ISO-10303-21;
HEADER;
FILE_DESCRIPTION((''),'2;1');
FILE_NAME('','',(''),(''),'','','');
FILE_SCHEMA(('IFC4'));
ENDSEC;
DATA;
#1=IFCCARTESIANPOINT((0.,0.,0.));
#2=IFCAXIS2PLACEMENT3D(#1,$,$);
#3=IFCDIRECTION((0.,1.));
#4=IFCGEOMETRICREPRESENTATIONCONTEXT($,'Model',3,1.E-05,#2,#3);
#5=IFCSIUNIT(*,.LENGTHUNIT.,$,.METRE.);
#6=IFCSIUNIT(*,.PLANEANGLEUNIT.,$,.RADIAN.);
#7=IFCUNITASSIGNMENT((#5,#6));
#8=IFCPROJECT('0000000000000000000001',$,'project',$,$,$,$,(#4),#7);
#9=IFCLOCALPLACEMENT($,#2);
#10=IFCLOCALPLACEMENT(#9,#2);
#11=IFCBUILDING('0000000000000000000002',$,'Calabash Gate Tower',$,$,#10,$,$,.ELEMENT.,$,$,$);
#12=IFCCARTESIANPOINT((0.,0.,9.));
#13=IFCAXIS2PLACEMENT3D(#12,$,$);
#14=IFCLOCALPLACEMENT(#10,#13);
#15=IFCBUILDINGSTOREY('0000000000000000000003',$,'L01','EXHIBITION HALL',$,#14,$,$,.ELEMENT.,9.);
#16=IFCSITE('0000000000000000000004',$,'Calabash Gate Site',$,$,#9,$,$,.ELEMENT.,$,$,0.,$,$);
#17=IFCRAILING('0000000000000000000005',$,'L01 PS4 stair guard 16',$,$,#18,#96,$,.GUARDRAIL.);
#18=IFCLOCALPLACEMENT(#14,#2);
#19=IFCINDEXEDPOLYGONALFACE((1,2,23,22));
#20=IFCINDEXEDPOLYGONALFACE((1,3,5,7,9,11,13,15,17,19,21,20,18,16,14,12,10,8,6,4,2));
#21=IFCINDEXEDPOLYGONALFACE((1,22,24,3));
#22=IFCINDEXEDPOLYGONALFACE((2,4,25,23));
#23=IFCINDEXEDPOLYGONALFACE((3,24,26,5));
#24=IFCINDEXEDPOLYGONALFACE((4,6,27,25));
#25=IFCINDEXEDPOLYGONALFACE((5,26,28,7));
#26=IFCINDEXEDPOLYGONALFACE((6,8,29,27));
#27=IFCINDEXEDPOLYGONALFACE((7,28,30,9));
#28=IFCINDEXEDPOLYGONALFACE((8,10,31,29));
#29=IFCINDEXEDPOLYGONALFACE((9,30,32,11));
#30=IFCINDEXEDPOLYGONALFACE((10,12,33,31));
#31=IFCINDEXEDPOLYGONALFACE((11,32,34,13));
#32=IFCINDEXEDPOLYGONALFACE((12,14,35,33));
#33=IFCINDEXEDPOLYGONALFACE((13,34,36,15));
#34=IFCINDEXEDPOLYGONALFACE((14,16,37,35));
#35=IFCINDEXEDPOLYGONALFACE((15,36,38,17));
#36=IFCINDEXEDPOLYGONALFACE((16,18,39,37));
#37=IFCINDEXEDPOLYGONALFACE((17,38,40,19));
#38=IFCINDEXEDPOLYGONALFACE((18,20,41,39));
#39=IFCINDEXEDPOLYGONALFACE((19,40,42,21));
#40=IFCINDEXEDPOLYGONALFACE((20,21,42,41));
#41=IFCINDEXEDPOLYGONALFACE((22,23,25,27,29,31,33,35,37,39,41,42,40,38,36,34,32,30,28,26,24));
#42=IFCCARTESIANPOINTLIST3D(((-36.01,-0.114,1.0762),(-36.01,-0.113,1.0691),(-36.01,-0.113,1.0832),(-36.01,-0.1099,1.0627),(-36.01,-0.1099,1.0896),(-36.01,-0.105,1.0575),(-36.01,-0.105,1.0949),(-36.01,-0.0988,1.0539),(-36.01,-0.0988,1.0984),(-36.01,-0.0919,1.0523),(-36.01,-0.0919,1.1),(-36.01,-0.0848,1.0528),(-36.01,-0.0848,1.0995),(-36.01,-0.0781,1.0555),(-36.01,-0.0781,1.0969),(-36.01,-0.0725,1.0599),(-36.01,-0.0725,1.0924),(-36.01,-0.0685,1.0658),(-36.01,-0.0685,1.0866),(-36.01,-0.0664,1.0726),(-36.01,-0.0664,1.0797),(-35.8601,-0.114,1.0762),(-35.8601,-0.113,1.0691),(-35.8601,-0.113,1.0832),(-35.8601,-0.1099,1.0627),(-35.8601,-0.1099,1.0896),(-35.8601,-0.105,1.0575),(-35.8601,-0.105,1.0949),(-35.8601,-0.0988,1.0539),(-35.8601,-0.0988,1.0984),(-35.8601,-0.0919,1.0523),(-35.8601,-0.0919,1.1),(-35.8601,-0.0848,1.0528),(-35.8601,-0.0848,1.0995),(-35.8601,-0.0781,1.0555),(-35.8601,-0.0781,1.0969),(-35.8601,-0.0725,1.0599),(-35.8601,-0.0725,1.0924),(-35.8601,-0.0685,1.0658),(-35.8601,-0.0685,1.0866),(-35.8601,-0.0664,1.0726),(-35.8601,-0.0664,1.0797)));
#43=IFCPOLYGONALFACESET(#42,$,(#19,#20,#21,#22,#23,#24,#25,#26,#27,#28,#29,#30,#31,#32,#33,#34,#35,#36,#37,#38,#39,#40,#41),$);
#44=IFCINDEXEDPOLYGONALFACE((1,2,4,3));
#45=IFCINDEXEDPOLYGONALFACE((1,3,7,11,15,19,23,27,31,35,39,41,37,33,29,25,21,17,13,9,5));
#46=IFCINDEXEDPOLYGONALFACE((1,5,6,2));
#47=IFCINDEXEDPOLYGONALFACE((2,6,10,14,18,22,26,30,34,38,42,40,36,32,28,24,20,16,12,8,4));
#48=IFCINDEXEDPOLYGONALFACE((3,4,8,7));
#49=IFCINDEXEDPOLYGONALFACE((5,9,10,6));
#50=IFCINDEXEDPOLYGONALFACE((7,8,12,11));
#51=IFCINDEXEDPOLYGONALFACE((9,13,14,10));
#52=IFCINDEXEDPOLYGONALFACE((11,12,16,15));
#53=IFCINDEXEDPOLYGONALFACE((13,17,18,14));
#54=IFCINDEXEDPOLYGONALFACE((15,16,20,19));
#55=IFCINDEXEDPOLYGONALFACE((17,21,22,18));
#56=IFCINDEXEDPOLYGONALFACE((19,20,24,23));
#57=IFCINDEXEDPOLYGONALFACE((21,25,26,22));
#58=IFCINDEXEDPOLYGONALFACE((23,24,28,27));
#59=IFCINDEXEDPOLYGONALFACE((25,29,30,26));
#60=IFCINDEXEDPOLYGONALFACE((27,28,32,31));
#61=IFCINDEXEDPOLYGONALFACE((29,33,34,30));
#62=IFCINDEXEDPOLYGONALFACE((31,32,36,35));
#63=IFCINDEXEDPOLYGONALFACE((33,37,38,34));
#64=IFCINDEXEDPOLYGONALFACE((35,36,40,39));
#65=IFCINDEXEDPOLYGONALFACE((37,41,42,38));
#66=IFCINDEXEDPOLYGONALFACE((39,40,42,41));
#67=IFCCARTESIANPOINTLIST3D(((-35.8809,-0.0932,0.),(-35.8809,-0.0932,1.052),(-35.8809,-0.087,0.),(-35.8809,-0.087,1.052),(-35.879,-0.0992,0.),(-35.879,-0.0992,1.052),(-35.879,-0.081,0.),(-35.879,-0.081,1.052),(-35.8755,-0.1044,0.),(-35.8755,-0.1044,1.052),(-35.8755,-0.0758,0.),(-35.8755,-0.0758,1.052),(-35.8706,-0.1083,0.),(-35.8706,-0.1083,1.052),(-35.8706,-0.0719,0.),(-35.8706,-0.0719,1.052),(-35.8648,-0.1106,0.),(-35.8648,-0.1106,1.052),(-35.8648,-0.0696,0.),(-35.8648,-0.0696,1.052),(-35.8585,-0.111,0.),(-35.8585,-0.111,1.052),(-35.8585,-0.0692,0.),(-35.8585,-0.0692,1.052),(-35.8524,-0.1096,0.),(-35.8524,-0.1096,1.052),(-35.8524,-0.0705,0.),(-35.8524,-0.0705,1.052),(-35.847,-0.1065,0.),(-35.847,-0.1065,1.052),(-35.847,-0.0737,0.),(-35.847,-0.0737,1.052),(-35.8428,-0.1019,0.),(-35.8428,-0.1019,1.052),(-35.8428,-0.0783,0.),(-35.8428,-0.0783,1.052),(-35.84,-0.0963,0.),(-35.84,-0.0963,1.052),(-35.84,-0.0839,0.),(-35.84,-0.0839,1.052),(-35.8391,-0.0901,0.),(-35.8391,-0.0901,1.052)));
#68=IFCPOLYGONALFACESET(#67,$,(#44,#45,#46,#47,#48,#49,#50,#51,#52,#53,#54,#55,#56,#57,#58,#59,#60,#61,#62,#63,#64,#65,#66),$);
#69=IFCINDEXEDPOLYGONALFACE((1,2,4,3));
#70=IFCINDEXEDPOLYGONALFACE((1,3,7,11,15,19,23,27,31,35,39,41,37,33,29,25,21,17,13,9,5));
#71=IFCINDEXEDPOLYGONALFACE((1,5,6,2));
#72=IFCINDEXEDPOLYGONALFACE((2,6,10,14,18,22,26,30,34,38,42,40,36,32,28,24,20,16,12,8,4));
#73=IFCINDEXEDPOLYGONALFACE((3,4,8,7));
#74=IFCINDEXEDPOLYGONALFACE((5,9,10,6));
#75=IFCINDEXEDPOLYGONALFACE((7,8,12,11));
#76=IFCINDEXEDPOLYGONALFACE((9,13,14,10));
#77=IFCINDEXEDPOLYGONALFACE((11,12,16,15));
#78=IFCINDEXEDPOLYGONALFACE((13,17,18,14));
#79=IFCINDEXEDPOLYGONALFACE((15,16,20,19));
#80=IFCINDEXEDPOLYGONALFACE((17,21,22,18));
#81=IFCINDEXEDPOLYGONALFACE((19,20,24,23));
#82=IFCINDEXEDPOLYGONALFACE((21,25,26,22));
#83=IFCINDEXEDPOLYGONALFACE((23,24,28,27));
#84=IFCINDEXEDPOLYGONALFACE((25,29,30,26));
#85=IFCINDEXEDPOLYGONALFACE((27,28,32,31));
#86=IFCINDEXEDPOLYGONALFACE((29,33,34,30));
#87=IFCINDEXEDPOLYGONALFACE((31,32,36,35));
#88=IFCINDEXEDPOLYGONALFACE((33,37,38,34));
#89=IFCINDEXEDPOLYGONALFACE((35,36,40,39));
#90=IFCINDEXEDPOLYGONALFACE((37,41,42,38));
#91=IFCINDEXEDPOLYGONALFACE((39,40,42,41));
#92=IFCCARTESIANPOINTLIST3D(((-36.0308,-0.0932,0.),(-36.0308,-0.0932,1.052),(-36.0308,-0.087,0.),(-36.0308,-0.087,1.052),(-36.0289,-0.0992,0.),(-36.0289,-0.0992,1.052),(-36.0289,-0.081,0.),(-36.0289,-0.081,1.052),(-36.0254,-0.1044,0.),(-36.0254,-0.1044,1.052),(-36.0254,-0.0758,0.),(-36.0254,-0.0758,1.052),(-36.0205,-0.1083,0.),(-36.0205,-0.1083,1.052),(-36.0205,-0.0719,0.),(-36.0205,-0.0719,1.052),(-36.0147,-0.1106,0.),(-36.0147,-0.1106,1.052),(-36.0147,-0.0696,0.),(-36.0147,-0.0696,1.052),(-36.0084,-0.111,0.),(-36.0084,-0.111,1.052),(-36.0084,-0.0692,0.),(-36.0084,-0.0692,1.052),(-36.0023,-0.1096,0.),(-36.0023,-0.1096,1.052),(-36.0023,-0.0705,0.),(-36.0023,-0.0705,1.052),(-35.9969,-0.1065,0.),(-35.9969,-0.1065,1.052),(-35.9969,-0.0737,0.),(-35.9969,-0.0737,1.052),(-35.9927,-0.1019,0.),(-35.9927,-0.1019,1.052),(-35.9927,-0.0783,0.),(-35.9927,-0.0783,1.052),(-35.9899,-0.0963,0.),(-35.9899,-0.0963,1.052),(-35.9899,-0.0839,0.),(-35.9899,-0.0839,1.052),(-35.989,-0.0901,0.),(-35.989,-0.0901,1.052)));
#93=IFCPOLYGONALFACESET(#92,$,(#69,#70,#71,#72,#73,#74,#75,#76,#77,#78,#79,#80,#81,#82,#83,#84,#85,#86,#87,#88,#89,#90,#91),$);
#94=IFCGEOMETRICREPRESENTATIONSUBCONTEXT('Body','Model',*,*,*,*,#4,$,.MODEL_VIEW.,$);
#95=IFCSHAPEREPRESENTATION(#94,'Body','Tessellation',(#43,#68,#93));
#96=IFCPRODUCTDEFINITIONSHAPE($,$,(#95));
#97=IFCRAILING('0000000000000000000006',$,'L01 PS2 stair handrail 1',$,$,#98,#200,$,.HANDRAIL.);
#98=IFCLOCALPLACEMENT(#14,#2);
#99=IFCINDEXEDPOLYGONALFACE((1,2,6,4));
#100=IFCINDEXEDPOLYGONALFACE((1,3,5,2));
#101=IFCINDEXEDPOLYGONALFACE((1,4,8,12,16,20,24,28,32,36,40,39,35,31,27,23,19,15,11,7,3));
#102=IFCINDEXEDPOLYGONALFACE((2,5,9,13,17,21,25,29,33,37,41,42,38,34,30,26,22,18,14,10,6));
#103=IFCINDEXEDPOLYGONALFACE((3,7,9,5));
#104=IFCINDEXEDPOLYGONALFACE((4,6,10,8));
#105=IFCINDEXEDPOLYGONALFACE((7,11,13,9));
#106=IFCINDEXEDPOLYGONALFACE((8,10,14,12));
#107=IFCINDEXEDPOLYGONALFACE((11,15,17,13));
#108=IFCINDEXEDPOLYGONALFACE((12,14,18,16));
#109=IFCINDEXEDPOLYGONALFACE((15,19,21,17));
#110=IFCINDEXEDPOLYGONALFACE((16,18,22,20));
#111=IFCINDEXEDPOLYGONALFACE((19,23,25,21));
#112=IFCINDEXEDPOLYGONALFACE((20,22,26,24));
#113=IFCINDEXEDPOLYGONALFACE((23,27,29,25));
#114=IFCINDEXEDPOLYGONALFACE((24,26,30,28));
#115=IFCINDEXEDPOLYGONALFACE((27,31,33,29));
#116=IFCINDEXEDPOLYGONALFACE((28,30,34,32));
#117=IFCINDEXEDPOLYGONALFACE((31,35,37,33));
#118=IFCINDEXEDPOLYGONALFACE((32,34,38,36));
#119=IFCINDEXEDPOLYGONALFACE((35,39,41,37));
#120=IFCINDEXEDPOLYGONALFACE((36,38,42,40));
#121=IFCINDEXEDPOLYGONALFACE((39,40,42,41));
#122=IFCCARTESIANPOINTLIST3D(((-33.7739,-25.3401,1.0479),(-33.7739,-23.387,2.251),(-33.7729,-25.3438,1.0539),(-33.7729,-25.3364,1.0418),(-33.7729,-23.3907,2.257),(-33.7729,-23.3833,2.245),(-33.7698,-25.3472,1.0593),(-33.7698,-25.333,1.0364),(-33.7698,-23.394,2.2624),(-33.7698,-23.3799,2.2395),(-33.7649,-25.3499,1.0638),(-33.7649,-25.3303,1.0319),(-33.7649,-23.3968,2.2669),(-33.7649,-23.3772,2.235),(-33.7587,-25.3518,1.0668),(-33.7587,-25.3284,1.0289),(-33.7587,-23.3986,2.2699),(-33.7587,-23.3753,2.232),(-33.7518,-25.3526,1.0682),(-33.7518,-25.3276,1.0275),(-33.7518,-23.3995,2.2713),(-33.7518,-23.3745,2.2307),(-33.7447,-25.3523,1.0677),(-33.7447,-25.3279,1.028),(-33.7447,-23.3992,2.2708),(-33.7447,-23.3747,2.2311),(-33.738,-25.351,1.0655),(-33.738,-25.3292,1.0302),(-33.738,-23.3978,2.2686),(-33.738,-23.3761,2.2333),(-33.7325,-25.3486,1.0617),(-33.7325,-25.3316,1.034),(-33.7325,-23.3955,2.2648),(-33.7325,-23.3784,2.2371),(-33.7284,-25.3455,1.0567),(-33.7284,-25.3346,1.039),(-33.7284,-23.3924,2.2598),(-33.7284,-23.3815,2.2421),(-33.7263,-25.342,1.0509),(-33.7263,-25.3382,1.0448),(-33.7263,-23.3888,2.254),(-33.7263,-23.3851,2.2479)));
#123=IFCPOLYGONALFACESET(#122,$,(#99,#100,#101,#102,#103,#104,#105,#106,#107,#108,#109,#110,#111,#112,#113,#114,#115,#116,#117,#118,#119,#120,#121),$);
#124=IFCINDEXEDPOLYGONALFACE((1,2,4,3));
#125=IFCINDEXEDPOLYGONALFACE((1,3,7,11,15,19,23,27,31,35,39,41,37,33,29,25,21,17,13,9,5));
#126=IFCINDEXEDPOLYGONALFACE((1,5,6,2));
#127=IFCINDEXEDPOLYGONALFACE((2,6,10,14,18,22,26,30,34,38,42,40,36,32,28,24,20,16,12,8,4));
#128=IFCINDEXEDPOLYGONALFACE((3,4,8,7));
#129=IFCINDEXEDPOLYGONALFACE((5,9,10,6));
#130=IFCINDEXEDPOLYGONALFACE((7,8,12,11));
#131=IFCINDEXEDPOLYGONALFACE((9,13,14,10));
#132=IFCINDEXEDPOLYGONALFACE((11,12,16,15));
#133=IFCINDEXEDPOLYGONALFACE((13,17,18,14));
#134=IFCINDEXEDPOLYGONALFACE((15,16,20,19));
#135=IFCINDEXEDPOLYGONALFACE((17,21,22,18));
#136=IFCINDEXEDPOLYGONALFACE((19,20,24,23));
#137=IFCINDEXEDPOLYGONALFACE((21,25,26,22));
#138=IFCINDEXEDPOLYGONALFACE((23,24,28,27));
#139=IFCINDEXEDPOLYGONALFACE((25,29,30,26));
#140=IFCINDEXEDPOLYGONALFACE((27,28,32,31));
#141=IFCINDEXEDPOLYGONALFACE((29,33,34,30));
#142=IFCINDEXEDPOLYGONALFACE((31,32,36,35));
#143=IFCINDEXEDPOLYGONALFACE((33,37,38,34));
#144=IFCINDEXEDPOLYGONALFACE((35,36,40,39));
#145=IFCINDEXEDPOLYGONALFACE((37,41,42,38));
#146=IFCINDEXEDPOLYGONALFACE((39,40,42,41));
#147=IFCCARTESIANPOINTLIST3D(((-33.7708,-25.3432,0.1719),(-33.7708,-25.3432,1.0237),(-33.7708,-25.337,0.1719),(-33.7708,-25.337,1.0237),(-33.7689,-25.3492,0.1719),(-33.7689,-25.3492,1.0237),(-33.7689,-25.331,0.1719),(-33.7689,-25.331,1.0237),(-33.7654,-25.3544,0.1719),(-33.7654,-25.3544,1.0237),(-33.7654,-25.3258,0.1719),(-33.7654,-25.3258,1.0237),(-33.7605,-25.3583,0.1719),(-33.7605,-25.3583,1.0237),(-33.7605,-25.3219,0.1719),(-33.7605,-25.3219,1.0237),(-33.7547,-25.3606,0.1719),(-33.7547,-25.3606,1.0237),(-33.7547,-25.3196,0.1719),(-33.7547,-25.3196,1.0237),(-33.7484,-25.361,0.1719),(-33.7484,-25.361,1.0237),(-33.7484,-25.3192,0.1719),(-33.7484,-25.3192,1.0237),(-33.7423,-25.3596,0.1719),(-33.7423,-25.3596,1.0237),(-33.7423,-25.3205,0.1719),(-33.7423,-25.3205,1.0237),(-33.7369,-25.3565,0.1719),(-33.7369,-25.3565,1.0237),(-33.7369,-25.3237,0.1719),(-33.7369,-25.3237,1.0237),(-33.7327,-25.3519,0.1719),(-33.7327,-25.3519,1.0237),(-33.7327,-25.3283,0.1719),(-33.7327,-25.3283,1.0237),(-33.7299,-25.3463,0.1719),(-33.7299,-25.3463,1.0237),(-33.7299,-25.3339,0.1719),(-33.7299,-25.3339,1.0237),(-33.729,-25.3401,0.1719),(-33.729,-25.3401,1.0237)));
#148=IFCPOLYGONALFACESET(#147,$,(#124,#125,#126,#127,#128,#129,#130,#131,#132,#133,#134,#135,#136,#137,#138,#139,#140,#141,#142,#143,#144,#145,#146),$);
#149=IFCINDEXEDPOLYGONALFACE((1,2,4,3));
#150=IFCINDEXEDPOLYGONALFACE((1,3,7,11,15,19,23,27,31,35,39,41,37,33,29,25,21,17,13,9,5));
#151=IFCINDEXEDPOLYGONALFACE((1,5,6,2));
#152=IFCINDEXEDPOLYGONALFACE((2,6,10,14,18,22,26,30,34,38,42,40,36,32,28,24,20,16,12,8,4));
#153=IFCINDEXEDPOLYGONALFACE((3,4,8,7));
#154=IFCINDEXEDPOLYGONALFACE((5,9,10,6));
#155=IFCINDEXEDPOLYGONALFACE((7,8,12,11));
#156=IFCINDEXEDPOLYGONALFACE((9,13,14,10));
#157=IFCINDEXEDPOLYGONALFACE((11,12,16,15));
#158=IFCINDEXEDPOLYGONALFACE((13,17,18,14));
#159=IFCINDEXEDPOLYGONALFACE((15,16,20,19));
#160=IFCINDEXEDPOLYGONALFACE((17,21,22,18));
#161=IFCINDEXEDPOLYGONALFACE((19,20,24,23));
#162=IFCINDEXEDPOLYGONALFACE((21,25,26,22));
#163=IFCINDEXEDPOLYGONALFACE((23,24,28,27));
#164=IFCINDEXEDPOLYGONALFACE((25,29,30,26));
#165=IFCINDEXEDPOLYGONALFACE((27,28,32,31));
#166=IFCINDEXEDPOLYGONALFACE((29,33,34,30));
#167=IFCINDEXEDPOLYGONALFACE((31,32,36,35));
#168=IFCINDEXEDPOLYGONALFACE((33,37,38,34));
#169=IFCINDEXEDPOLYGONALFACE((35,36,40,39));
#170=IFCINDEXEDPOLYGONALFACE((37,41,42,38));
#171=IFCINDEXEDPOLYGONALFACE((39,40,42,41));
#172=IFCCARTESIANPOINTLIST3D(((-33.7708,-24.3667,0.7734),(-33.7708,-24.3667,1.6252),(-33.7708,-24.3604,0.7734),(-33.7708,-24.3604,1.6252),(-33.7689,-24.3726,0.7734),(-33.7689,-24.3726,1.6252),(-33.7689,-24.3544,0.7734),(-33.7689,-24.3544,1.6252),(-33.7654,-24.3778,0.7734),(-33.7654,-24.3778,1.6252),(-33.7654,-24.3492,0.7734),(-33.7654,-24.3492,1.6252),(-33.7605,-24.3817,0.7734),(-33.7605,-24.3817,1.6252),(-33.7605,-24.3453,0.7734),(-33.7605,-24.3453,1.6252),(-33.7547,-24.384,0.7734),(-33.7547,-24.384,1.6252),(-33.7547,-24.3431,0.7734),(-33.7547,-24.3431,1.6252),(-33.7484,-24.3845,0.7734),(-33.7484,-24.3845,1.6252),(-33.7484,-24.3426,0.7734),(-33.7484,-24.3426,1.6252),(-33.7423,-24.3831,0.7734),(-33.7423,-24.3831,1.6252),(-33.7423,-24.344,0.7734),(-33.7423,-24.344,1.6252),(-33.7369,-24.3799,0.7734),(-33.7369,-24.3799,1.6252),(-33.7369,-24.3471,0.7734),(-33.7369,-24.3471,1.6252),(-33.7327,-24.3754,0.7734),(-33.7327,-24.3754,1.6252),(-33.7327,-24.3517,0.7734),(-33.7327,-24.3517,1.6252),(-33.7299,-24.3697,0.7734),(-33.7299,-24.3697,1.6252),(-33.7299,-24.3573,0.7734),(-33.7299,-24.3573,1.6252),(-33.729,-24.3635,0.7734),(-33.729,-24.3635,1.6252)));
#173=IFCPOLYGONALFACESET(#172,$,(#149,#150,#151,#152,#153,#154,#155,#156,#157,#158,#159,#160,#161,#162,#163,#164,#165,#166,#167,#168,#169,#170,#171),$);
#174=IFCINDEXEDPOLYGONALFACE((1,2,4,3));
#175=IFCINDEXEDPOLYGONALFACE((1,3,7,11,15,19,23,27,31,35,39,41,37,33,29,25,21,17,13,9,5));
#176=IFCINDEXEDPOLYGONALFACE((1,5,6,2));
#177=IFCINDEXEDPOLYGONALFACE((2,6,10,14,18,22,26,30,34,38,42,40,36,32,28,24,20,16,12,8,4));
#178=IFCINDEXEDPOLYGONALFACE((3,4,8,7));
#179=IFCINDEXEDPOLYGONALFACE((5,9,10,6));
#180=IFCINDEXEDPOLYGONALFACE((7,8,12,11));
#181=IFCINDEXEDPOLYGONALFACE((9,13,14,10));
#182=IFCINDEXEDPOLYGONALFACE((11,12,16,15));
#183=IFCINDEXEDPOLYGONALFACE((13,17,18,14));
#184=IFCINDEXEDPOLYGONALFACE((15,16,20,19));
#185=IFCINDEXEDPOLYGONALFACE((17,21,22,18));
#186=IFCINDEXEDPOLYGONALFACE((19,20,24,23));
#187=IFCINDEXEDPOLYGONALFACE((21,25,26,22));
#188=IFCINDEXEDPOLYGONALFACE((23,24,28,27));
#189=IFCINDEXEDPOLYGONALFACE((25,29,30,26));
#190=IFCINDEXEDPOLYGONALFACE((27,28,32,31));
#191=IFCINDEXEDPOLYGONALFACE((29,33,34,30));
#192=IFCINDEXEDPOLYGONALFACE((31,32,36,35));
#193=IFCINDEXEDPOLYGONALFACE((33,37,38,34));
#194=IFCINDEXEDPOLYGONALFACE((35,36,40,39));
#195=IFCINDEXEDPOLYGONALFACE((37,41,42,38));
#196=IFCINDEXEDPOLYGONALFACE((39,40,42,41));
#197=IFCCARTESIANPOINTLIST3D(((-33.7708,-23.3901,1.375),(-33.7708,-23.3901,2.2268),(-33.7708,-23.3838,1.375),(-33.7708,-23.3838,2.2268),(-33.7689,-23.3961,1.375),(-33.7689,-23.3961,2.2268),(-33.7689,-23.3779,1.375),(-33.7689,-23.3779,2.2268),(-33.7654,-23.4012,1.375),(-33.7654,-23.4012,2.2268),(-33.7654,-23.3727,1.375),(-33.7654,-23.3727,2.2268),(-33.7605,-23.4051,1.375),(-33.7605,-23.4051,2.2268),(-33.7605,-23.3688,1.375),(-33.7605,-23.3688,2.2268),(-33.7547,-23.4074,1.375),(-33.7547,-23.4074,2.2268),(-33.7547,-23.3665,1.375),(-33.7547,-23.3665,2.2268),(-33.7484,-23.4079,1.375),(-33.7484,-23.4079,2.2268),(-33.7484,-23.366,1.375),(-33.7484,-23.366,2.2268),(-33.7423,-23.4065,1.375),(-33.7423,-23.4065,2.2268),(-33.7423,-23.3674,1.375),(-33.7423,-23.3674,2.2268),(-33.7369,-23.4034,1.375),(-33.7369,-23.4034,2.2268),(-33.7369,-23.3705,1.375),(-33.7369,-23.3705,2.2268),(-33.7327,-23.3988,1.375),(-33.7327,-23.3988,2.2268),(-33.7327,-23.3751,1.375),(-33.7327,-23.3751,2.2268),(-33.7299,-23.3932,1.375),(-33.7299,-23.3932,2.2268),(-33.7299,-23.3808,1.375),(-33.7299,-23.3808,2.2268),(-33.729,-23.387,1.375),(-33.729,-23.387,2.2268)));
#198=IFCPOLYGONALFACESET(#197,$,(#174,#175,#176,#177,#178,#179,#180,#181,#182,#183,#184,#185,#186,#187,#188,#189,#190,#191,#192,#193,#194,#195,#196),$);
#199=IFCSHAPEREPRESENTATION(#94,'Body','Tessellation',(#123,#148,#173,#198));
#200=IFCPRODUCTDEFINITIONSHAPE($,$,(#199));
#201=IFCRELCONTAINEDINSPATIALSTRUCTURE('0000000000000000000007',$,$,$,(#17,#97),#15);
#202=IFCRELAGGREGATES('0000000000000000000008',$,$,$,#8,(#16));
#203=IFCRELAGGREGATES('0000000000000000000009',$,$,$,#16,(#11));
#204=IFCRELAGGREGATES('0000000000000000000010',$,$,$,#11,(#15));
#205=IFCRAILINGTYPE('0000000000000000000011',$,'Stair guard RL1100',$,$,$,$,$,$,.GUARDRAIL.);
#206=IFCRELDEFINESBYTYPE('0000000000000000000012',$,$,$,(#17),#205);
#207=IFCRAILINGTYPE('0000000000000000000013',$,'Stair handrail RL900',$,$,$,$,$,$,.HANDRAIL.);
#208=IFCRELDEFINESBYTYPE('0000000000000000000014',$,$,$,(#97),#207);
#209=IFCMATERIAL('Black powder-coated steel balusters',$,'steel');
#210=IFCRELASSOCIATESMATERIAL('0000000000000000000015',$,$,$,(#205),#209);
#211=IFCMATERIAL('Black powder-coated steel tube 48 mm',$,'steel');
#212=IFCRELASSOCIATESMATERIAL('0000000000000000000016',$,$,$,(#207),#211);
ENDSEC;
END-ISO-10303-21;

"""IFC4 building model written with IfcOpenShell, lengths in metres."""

from ifc_helpers import new_model, si_unit, direction, frame, origin, origin_2d, place, context, subcontext, project, spatial, circle, extrude, material, type_object, element, save


model = new_model("IFC4")

# Units and contexts
model_context = context("Model", 3, precision=1e-05, world=origin(), true_north=direction((0.0, 1.0)))
body_context = subcontext(model_context, "Body", "Model", "MODEL_VIEW")
ifc_project = project(units=[si_unit("LENGTHUNIT", "METRE"), si_unit("PLANEANGLEUNIT", "RADIAN")], contexts=[model_context])

# Site, building, storey
site_placement = place(None, origin())
site = spatial("IfcSite", under=ifc_project, at=site_placement, Name="Calabash Gate Site", CompositionType="ELEMENT", RefElevation=0.0)
building_placement = place(site_placement, origin())
building = spatial("IfcBuilding", under=site, at=building_placement, Name="Calabash Gate Tower", CompositionType="ELEMENT")
storey_placement = place(building_placement, frame((0.0, 0.0, 9.0)))
storey = spatial("IfcBuildingStorey", under=building, at=storey_placement, Name="L01", Description="EXHIBITION HALL", CompositionType="ELEMENT", Elevation=9.0)

# Railings
ifc_material_1 = material(Name="Black powder-coated steel balusters", Category="steel")
railing_type_1 = type_object("IfcRailingType", Name="Stair guard RL1100", PredefinedType="GUARDRAIL", material=ifc_material_1)
railing_1_placement = place(storey_placement, frame((-35.8601, -0.0901, 0.0)))
element("IfcRailing", 1, at=railing_1_placement, inside=storey, type_object=railing_type_1, Name="L01 PS4 stair guard 16", PredefinedType="GUARDRAIL", context=body_context, shape_type="SweptSolid", body=[
    extrude(circle(Radius=0.0239, at=origin_2d()), frame((0.0, 0.0, 1.0762), z_axis=(-1.0, 0.0, 0.0), x_axis=(0.0, -1.0, 0.0)), (0.0, 0.0, 1.0), 0.1499),
    extrude(circle(Radius=0.021, at=origin_2d()), origin(), (0.0, 0.0, 1.0), 1.052),
    extrude(circle(Radius=0.021, at=origin_2d()), frame((-0.1499, 0.0, 0.0)), (0.0, 0.0, 1.0), 1.052),
])
ifc_material_2 = material(Name="Black powder-coated steel tube 48 mm", Category="steel")
railing_type_2 = type_object("IfcRailingType", Name="Stair handrail RL900", PredefinedType="HANDRAIL", material=ifc_material_2)
for number, where, name in (
    (2, (-33.75, -25.3401, 0.1719), "L01 PS2 stair handrail 1"),
):
    element("IfcRailing", number, at=place(storey_placement, frame(where)), inside=storey, type_object=railing_type_2, Name=name, PredefinedType="HANDRAIL", context=body_context, shape_type="SweptSolid", body=[
        extrude(circle(Radius=0.0239, at=origin_2d()), frame((0.0, 0.0, 0.876), z_axis=(0.0, 0.851424, 0.524477), x_axis=(-1.0, 0.0, 0.0)), (0.0, 0.0, 1.0), 2.2939),
        extrude(circle(Radius=0.021, at=origin_2d()), origin(), (0.0, 0.0, 1.0), 0.8518),
        extrude(circle(Radius=0.021, at=origin_2d()), frame((0.0, 0.9766, 0.6016)), (0.0, 0.0, 1.0), 0.8518),
        extrude(circle(Radius=0.021, at=origin_2d()), frame((0.0, 1.9531, 1.2031)), (0.0, 0.0, 1.0), 0.8518),
    ])

save(model, "model.ifc")
